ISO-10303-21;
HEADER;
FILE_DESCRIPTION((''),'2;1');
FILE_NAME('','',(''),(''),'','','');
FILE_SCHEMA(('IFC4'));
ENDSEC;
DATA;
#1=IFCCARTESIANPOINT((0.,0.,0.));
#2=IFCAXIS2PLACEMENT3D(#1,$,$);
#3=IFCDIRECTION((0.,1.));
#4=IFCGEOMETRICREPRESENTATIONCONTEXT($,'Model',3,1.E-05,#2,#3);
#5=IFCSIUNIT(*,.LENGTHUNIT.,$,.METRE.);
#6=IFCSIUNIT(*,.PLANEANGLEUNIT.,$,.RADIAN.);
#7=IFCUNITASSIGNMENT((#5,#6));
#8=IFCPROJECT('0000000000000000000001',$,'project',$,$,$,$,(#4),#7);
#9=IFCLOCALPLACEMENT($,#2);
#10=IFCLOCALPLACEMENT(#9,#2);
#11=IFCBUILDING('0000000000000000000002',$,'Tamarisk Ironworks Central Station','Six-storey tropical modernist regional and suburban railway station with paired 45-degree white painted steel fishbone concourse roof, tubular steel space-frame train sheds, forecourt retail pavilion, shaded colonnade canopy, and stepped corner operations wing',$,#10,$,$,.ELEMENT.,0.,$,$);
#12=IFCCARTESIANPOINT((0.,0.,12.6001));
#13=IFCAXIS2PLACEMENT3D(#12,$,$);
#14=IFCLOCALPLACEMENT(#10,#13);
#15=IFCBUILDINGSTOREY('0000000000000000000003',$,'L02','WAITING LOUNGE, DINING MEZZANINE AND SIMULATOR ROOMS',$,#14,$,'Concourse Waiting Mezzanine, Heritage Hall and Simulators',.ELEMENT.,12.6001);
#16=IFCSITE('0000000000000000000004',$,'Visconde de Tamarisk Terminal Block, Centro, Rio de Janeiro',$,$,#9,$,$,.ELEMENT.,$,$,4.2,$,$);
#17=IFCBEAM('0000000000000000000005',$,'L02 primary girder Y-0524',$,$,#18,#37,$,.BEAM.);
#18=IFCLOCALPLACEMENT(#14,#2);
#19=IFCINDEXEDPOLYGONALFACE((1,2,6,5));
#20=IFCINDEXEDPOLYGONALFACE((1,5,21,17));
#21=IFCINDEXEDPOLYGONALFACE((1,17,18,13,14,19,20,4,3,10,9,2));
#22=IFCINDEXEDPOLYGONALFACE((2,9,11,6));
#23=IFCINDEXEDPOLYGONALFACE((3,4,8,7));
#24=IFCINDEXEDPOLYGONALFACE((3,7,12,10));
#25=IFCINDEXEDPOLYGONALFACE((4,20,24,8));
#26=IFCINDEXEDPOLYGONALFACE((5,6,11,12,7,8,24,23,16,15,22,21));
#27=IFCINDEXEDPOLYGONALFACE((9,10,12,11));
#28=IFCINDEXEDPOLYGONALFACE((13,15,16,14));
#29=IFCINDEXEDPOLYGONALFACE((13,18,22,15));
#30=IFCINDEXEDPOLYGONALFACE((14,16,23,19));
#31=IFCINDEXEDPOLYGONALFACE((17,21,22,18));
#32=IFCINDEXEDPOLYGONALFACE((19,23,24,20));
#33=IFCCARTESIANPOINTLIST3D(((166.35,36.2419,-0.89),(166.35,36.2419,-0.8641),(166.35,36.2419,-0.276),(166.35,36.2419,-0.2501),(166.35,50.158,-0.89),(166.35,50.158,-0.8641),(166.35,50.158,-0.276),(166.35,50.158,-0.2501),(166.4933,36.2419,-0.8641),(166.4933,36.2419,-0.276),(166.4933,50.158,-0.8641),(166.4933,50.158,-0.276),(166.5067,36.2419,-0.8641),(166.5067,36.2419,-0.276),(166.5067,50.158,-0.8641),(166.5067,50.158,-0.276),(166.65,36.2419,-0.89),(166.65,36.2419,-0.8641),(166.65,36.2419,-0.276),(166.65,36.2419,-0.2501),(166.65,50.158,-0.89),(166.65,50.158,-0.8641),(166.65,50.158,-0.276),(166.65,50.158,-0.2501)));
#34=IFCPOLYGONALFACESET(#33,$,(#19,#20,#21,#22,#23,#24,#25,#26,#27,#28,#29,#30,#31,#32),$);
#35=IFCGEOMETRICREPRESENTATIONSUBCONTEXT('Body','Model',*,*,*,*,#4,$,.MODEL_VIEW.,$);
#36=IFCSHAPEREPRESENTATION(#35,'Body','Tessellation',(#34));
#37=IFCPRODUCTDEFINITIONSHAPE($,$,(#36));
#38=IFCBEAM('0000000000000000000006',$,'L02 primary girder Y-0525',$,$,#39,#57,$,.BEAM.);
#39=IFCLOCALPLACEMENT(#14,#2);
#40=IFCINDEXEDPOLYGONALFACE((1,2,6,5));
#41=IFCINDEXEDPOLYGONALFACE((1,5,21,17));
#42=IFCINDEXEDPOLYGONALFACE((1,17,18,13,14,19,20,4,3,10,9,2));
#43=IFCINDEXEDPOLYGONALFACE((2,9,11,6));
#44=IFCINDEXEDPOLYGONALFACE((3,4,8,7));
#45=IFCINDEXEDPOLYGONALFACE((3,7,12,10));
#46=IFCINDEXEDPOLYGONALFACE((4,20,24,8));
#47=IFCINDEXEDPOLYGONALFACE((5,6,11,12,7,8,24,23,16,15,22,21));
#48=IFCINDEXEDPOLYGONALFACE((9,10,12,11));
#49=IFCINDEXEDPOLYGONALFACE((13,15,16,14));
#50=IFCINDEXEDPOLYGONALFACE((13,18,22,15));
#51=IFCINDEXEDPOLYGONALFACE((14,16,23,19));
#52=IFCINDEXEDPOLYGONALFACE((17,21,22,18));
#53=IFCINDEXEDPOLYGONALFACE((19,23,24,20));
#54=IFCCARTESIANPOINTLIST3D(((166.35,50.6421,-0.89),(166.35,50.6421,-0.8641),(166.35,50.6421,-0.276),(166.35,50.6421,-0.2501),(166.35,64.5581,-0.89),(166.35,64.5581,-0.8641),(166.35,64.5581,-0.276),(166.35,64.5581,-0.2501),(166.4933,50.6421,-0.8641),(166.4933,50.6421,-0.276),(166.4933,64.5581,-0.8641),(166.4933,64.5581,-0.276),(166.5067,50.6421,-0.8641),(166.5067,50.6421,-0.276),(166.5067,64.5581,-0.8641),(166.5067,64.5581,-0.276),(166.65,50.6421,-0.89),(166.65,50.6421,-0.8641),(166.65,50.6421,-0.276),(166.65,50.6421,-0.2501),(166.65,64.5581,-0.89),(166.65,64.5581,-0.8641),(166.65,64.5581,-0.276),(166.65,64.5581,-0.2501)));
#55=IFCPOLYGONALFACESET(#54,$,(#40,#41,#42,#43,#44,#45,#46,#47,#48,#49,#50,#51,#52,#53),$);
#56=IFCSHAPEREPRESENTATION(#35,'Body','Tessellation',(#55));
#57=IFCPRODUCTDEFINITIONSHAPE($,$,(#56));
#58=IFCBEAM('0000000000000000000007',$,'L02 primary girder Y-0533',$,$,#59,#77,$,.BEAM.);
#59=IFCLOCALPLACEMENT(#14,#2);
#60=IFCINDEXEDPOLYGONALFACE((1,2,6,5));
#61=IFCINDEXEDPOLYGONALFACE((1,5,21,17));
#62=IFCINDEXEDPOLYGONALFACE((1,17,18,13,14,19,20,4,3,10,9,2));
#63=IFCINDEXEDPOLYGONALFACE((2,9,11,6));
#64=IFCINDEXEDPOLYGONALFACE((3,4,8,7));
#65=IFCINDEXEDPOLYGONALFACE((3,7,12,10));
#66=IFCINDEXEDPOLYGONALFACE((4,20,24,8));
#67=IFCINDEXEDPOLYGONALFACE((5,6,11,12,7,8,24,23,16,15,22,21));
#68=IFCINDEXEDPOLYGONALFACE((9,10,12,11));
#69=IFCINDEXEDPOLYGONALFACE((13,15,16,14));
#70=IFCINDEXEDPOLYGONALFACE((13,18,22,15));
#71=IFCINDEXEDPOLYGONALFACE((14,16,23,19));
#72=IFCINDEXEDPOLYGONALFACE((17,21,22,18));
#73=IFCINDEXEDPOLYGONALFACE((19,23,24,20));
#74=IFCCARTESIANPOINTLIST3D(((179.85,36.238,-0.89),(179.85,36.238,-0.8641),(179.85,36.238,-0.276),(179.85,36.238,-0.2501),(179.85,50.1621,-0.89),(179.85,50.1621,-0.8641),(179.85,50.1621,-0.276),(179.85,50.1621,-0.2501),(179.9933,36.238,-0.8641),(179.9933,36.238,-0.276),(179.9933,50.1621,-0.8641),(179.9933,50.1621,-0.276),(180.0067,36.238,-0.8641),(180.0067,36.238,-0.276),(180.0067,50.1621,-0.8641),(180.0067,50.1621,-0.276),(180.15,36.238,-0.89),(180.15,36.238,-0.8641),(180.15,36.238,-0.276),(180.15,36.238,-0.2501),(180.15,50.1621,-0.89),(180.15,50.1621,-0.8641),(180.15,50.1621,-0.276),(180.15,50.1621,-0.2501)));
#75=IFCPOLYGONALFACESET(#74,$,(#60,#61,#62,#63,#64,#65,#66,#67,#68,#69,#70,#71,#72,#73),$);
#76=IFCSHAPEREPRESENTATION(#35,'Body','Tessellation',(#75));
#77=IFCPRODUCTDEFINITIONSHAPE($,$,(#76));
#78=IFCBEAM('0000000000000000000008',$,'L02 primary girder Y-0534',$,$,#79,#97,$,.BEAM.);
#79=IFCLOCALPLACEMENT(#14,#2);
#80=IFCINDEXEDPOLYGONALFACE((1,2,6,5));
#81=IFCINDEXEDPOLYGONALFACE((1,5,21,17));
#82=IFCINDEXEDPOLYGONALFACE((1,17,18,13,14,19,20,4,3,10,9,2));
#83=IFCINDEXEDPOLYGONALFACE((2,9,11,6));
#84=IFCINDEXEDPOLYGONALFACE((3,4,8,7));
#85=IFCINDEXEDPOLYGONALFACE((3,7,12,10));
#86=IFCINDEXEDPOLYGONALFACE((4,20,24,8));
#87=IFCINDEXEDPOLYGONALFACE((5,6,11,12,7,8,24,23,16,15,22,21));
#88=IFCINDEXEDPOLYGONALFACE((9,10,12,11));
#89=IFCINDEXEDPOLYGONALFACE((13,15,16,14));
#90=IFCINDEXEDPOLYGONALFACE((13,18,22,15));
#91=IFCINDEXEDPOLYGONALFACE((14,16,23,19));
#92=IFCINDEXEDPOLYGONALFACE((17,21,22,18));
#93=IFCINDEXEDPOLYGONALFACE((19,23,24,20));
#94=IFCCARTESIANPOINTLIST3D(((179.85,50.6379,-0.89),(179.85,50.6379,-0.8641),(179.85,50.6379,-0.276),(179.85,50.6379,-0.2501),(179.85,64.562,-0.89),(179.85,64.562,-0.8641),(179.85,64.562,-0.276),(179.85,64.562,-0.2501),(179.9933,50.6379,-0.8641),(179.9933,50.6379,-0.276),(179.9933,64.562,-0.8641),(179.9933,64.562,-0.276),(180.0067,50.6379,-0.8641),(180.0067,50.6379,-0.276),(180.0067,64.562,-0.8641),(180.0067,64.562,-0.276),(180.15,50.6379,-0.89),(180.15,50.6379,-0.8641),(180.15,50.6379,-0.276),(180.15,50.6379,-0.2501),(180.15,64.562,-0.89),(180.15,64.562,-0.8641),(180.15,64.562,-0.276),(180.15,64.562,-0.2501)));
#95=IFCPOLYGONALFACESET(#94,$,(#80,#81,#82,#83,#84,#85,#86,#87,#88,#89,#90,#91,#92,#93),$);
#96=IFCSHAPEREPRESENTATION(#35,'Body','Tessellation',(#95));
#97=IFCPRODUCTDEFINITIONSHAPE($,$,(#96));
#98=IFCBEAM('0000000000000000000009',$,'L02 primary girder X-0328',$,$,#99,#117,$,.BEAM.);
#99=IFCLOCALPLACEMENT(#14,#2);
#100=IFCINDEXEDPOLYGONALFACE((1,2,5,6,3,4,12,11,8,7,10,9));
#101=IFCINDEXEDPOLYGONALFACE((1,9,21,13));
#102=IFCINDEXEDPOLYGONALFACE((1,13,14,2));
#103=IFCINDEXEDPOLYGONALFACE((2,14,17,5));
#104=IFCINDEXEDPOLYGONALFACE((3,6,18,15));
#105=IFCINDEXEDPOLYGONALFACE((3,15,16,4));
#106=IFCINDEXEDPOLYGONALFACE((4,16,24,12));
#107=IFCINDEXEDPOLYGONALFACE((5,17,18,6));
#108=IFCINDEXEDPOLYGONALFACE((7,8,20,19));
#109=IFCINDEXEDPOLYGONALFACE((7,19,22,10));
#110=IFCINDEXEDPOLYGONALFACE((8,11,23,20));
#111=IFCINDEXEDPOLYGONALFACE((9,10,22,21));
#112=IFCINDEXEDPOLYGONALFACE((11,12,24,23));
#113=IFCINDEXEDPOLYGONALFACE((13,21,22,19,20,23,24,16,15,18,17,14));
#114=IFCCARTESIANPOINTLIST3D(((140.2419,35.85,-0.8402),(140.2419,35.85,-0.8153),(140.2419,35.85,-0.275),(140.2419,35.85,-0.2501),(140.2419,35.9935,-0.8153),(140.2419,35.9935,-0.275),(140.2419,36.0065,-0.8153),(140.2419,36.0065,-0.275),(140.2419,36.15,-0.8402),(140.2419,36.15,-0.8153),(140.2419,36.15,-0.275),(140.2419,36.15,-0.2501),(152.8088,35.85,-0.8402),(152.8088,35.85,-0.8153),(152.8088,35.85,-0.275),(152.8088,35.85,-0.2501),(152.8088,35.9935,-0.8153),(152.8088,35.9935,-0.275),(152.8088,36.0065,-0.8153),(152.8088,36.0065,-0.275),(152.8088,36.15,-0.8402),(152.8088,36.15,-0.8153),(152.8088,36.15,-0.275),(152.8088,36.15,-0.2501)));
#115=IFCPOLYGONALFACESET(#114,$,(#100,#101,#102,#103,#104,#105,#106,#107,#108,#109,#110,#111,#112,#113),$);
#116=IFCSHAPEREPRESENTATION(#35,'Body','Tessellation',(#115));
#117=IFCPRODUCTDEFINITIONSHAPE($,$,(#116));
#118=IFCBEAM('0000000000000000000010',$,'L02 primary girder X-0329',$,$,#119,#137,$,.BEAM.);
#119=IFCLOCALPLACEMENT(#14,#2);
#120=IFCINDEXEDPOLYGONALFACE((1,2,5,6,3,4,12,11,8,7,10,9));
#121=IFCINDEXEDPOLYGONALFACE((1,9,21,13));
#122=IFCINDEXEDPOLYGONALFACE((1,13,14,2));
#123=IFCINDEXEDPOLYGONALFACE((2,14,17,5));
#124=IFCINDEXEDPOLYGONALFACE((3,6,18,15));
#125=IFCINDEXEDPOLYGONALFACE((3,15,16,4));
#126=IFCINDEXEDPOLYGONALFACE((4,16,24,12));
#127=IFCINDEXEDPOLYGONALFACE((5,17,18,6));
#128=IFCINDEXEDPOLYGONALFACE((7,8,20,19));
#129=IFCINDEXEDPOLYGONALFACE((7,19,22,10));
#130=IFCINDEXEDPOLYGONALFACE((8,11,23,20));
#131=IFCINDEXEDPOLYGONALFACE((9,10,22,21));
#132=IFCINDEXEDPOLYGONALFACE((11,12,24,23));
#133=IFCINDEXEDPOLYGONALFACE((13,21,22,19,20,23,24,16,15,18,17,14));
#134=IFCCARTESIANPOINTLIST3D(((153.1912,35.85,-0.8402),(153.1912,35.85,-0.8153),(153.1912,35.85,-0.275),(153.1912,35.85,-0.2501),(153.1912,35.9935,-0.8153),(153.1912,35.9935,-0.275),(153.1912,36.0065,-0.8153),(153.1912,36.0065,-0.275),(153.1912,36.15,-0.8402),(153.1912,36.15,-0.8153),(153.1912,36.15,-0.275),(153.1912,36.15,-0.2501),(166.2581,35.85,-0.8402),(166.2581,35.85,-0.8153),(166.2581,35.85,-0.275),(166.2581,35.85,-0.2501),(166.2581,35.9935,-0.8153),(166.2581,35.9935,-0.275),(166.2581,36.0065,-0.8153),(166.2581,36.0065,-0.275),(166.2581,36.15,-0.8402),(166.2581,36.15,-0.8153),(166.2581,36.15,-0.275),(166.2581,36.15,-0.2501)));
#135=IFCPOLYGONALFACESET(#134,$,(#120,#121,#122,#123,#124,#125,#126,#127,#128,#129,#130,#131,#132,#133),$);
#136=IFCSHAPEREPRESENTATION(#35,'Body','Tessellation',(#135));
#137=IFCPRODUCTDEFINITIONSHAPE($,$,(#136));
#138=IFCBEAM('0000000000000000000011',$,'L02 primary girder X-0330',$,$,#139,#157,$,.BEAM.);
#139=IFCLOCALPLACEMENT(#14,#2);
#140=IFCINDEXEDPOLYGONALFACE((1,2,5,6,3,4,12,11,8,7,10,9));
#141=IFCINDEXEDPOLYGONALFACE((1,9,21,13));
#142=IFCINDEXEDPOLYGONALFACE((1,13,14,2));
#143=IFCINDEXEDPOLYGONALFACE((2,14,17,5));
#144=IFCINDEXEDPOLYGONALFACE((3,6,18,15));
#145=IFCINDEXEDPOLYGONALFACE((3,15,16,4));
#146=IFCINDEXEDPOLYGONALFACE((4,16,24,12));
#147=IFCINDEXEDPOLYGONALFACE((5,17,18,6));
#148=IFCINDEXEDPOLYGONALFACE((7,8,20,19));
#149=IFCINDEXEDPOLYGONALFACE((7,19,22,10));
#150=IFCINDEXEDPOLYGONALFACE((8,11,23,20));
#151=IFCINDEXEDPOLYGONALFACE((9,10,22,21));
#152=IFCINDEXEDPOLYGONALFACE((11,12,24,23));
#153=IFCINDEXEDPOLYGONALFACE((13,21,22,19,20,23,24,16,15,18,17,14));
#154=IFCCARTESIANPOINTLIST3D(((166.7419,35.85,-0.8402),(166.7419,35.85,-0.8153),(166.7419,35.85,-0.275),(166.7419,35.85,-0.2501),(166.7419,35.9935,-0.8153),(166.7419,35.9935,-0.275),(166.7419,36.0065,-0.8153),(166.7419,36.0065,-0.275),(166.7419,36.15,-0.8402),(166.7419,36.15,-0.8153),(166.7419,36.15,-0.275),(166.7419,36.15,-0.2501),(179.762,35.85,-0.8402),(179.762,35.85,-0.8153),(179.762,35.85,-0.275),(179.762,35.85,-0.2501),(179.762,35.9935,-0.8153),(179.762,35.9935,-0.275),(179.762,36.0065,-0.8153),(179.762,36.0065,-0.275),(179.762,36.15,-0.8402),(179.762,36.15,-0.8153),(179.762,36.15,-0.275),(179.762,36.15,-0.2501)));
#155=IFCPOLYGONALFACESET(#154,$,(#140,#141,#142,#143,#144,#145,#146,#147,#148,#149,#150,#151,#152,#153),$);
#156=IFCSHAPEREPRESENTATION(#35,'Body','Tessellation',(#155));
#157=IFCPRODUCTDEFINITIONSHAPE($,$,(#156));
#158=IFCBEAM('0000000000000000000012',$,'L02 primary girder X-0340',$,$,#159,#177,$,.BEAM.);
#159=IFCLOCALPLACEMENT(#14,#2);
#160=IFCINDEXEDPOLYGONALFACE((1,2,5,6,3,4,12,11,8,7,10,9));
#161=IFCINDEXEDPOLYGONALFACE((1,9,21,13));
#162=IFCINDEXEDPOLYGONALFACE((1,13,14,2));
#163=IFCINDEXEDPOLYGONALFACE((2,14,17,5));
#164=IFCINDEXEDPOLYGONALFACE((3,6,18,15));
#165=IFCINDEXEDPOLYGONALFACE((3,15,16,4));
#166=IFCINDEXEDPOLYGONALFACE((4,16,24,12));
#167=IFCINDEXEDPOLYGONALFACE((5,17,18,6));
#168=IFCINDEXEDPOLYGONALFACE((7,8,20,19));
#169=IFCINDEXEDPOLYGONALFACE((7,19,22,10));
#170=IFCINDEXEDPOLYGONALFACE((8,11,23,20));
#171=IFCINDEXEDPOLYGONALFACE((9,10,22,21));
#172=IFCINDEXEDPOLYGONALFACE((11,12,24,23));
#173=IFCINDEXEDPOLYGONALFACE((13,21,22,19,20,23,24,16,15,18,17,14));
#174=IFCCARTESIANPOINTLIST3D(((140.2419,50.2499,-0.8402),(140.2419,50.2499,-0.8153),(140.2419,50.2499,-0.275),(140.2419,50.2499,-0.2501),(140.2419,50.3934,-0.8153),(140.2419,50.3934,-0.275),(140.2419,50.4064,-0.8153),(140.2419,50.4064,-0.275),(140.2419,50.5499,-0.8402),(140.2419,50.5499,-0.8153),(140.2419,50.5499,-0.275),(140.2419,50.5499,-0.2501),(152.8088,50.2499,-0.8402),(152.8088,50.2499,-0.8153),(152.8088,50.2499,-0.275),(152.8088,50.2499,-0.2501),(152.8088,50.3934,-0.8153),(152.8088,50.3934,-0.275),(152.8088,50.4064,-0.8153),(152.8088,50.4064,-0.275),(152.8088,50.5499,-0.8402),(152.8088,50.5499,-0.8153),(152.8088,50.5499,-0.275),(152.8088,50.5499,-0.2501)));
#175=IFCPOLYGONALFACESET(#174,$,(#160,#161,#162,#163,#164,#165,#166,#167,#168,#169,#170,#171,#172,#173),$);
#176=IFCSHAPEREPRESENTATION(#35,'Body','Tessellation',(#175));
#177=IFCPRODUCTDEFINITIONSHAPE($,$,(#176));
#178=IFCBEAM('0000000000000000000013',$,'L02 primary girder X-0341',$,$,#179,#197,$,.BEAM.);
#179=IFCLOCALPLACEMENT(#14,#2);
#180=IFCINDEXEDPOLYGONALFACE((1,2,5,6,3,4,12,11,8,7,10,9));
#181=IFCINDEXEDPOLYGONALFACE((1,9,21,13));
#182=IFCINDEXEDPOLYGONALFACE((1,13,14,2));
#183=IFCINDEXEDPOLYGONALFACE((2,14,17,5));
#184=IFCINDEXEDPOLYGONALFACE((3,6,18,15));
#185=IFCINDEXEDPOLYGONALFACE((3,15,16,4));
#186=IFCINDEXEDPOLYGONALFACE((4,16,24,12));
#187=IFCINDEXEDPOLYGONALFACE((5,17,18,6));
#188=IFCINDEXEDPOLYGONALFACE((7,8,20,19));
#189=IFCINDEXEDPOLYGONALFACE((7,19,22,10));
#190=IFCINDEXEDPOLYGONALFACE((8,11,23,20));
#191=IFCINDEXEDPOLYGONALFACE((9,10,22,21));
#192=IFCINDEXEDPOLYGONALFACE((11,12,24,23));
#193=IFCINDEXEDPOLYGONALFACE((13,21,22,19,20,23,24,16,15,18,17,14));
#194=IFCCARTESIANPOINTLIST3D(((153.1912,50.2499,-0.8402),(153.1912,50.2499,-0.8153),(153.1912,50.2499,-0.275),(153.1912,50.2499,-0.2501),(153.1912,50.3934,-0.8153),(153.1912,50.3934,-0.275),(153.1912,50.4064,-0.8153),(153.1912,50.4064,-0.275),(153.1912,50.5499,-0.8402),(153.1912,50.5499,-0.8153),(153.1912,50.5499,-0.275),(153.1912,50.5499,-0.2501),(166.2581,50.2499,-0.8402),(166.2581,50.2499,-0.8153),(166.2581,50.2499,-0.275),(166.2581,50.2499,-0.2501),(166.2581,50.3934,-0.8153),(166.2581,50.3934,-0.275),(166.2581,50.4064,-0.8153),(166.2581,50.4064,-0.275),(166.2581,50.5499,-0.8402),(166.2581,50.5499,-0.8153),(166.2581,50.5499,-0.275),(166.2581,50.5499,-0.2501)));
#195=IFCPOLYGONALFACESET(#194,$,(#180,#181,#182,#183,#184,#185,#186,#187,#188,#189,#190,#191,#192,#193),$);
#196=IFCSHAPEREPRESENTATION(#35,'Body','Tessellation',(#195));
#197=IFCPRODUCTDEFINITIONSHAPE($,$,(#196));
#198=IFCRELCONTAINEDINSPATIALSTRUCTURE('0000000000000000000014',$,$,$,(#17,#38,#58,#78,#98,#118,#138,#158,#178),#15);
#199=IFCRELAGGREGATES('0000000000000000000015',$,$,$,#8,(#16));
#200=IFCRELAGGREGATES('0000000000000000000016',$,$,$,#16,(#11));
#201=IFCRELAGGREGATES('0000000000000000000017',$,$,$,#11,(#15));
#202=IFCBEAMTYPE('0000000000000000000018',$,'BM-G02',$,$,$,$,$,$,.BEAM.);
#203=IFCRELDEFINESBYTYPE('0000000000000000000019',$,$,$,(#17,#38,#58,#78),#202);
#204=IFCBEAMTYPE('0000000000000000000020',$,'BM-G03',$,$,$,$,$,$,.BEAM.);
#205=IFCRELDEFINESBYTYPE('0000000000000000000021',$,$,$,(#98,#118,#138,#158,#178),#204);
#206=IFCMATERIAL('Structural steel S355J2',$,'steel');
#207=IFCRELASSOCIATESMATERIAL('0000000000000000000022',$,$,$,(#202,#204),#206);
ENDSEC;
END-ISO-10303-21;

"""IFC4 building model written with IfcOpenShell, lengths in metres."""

from ifc_helpers import new_model, si_unit, direction, frame, origin, origin_2d, place, context, subcontext, project, spatial, i_section, extrude, material, material_profile, profile_set, type_object, element, save


model = new_model("IFC4")

# Units and contexts
model_context = context("Model", 3, precision=1e-05, world=origin(), true_north=direction((0.0, 1.0)))
body_context = subcontext(model_context, "Body", "Model", "MODEL_VIEW")
ifc_project = project(units=[si_unit("LENGTHUNIT", "METRE"), si_unit("PLANEANGLEUNIT", "RADIAN")], contexts=[model_context])

# Site, building, storey
site_placement = place(None, origin())
site = spatial("IfcSite", under=ifc_project, at=site_placement, Name="Visconde de Tamarisk Terminal Block, Centro, Rio de Janeiro", CompositionType="ELEMENT", RefElevation=4.2)
building_placement = place(site_placement, origin())
building = spatial("IfcBuilding", under=site, at=building_placement, Name="Tamarisk Ironworks Central Station", Description="Six-storey tropical modernist regional and suburban railway station with paired 45-degree white painted steel fishbone concourse roof, tubular steel space-frame train sheds, forecourt retail pavilion, shaded colonnade canopy, and stepped corner operations wing", CompositionType="ELEMENT", ElevationOfRefHeight=0.0)
storey_placement = place(building_placement, frame((0.0, 0.0, 12.6001)))
storey = spatial("IfcBuildingStorey", under=building, at=storey_placement, Name="L02", Description="WAITING LOUNGE, DINING MEZZANINE AND SIMULATOR ROOMS", LongName="Concourse Waiting Mezzanine, Heritage Hall and Simulators", CompositionType="ELEMENT", Elevation=12.6001)

# Beams
ifc_material_1 = material(Name="Structural steel S355J2", Category="steel")
ifc_material_profile_1 = material_profile(ifc_material_1, i_section(OverallWidth=0.3, OverallDepth=0.6399, WebThickness=0.0134, FlangeThickness=0.0259, at=origin_2d()), Name="HEA 650")
ifc_profile_set_1 = profile_set([ifc_material_profile_1], Name="Structural steel S355J2")
beam_type_1 = type_object("IfcBeamType", Name="BM-G02", PredefinedType="BEAM", material=ifc_profile_set_1)
for number, where, z_axis, x_axis, name in (
    (1, (166.5, 36.2419, -0.5701), (0.0, 1.0, 0.0), (-1.0, 0.0, 0.0), "L02 primary girder Y-0524"),
    (2, (166.5, 50.6421, -0.5701), (0.0, 1.0, 0.0), (-1.0, 0.0, 0.0), "L02 primary girder Y-0525"),
):
    element("IfcBeam", number, at=place(storey_placement, frame(where, z_axis=z_axis, x_axis=x_axis)), inside=storey, type_object=beam_type_1, Name=name, PredefinedType="BEAM", context=body_context, shape_type="SweptSolid", body=[
        extrude(i_section(OverallWidth=0.3, OverallDepth=0.6399, WebThickness=0.0134, FlangeThickness=0.0259, at=origin_2d()), origin(), (0.0, 0.0, 1.0), 13.916),
    ])
for number, where, z_axis, x_axis, name in (
    (3, (180.0, 36.238, -0.5701), (0.0, 1.0, 0.0), (-1.0, 0.0, 0.0), "L02 primary girder Y-0533"),
    (4, (180.0, 50.6379, -0.5701), (0.0, 1.0, 0.0), (-1.0, 0.0, 0.0), "L02 primary girder Y-0534"),
):
    element("IfcBeam", number, at=place(storey_placement, frame(where, z_axis=z_axis, x_axis=x_axis)), inside=storey, type_object=beam_type_1, Name=name, PredefinedType="BEAM", context=body_context, shape_type="SweptSolid", body=[
        extrude(i_section(OverallWidth=0.3, OverallDepth=0.6399, WebThickness=0.0134, FlangeThickness=0.0259, at=origin_2d()), origin(), (0.0, 0.0, 1.0), 13.9241),
    ])
ifc_material_profile_2 = material_profile(ifc_material_1, i_section(OverallWidth=0.3, OverallDepth=0.5901, WebThickness=0.0129, FlangeThickness=0.0249, at=origin_2d()), Name="HEA 600")
ifc_profile_set_2 = profile_set([ifc_material_profile_2], Name="Structural steel S355J2")
beam_type_2 = type_object("IfcBeamType", Name="BM-G03", PredefinedType="BEAM", material=ifc_profile_set_2)
beam_1_placement = place(storey_placement, frame((140.2419, 36.0, -0.5452), z_axis=(1.0, 0.0, 0.0), x_axis=(0.0, 1.0, 0.0)))
element("IfcBeam", 5, at=beam_1_placement, inside=storey, type_object=beam_type_2, Name="L02 primary girder X-0328", PredefinedType="BEAM", context=body_context, shape_type="SweptSolid", body=[
    extrude(i_section(OverallWidth=0.3, OverallDepth=0.5901, WebThickness=0.0129, FlangeThickness=0.0249, at=origin_2d()), origin(), (0.0, 0.0, 1.0), 12.5669),
])
beam_2_placement = place(storey_placement, frame((153.1912, 36.0, -0.5452), z_axis=(1.0, 0.0, 0.0), x_axis=(0.0, 1.0, 0.0)))
element("IfcBeam", 6, at=beam_2_placement, inside=storey, type_object=beam_type_2, Name="L02 primary girder X-0329", PredefinedType="BEAM", context=body_context, shape_type="SweptSolid", body=[
    extrude(i_section(OverallWidth=0.3, OverallDepth=0.5901, WebThickness=0.0129, FlangeThickness=0.0249, at=origin_2d()), origin(), (0.0, 0.0, 1.0), 13.0669),
])
beam_3_placement = place(storey_placement, frame((166.7419, 36.0, -0.5452), z_axis=(1.0, 0.0, 0.0), x_axis=(0.0, 1.0, 0.0)))
element("IfcBeam", 7, at=beam_3_placement, inside=storey, type_object=beam_type_2, Name="L02 primary girder X-0330", PredefinedType="BEAM", context=body_context, shape_type="SweptSolid", body=[
    extrude(i_section(OverallWidth=0.3, OverallDepth=0.5901, WebThickness=0.0129, FlangeThickness=0.0249, at=origin_2d()), origin(), (0.0, 0.0, 1.0), 13.02),
])
beam_4_placement = place(storey_placement, frame((140.2419, 50.3999, -0.5452), z_axis=(1.0, 0.0, 0.0), x_axis=(0.0, 1.0, 0.0)))
element("IfcBeam", 8, at=beam_4_placement, inside=storey, type_object=beam_type_2, Name="L02 primary girder X-0340", PredefinedType="BEAM", context=body_context, shape_type="SweptSolid", body=[
    extrude(i_section(OverallWidth=0.3, OverallDepth=0.5901, WebThickness=0.0129, FlangeThickness=0.0249, at=origin_2d()), origin(), (0.0, 0.0, 1.0), 12.5669),
])
beam_5_placement = place(storey_placement, frame((153.1912, 50.3999, -0.5452), z_axis=(1.0, 0.0, 0.0), x_axis=(0.0, 1.0, 0.0)))
element("IfcBeam", 9, at=beam_5_placement, inside=storey, type_object=beam_type_2, Name="L02 primary girder X-0341", PredefinedType="BEAM", context=body_context, shape_type="SweptSolid", body=[
    extrude(i_section(OverallWidth=0.3, OverallDepth=0.5901, WebThickness=0.0129, FlangeThickness=0.0249, at=origin_2d()), origin(), (0.0, 0.0, 1.0), 13.0669),
])

save(model, "model.ifc")
